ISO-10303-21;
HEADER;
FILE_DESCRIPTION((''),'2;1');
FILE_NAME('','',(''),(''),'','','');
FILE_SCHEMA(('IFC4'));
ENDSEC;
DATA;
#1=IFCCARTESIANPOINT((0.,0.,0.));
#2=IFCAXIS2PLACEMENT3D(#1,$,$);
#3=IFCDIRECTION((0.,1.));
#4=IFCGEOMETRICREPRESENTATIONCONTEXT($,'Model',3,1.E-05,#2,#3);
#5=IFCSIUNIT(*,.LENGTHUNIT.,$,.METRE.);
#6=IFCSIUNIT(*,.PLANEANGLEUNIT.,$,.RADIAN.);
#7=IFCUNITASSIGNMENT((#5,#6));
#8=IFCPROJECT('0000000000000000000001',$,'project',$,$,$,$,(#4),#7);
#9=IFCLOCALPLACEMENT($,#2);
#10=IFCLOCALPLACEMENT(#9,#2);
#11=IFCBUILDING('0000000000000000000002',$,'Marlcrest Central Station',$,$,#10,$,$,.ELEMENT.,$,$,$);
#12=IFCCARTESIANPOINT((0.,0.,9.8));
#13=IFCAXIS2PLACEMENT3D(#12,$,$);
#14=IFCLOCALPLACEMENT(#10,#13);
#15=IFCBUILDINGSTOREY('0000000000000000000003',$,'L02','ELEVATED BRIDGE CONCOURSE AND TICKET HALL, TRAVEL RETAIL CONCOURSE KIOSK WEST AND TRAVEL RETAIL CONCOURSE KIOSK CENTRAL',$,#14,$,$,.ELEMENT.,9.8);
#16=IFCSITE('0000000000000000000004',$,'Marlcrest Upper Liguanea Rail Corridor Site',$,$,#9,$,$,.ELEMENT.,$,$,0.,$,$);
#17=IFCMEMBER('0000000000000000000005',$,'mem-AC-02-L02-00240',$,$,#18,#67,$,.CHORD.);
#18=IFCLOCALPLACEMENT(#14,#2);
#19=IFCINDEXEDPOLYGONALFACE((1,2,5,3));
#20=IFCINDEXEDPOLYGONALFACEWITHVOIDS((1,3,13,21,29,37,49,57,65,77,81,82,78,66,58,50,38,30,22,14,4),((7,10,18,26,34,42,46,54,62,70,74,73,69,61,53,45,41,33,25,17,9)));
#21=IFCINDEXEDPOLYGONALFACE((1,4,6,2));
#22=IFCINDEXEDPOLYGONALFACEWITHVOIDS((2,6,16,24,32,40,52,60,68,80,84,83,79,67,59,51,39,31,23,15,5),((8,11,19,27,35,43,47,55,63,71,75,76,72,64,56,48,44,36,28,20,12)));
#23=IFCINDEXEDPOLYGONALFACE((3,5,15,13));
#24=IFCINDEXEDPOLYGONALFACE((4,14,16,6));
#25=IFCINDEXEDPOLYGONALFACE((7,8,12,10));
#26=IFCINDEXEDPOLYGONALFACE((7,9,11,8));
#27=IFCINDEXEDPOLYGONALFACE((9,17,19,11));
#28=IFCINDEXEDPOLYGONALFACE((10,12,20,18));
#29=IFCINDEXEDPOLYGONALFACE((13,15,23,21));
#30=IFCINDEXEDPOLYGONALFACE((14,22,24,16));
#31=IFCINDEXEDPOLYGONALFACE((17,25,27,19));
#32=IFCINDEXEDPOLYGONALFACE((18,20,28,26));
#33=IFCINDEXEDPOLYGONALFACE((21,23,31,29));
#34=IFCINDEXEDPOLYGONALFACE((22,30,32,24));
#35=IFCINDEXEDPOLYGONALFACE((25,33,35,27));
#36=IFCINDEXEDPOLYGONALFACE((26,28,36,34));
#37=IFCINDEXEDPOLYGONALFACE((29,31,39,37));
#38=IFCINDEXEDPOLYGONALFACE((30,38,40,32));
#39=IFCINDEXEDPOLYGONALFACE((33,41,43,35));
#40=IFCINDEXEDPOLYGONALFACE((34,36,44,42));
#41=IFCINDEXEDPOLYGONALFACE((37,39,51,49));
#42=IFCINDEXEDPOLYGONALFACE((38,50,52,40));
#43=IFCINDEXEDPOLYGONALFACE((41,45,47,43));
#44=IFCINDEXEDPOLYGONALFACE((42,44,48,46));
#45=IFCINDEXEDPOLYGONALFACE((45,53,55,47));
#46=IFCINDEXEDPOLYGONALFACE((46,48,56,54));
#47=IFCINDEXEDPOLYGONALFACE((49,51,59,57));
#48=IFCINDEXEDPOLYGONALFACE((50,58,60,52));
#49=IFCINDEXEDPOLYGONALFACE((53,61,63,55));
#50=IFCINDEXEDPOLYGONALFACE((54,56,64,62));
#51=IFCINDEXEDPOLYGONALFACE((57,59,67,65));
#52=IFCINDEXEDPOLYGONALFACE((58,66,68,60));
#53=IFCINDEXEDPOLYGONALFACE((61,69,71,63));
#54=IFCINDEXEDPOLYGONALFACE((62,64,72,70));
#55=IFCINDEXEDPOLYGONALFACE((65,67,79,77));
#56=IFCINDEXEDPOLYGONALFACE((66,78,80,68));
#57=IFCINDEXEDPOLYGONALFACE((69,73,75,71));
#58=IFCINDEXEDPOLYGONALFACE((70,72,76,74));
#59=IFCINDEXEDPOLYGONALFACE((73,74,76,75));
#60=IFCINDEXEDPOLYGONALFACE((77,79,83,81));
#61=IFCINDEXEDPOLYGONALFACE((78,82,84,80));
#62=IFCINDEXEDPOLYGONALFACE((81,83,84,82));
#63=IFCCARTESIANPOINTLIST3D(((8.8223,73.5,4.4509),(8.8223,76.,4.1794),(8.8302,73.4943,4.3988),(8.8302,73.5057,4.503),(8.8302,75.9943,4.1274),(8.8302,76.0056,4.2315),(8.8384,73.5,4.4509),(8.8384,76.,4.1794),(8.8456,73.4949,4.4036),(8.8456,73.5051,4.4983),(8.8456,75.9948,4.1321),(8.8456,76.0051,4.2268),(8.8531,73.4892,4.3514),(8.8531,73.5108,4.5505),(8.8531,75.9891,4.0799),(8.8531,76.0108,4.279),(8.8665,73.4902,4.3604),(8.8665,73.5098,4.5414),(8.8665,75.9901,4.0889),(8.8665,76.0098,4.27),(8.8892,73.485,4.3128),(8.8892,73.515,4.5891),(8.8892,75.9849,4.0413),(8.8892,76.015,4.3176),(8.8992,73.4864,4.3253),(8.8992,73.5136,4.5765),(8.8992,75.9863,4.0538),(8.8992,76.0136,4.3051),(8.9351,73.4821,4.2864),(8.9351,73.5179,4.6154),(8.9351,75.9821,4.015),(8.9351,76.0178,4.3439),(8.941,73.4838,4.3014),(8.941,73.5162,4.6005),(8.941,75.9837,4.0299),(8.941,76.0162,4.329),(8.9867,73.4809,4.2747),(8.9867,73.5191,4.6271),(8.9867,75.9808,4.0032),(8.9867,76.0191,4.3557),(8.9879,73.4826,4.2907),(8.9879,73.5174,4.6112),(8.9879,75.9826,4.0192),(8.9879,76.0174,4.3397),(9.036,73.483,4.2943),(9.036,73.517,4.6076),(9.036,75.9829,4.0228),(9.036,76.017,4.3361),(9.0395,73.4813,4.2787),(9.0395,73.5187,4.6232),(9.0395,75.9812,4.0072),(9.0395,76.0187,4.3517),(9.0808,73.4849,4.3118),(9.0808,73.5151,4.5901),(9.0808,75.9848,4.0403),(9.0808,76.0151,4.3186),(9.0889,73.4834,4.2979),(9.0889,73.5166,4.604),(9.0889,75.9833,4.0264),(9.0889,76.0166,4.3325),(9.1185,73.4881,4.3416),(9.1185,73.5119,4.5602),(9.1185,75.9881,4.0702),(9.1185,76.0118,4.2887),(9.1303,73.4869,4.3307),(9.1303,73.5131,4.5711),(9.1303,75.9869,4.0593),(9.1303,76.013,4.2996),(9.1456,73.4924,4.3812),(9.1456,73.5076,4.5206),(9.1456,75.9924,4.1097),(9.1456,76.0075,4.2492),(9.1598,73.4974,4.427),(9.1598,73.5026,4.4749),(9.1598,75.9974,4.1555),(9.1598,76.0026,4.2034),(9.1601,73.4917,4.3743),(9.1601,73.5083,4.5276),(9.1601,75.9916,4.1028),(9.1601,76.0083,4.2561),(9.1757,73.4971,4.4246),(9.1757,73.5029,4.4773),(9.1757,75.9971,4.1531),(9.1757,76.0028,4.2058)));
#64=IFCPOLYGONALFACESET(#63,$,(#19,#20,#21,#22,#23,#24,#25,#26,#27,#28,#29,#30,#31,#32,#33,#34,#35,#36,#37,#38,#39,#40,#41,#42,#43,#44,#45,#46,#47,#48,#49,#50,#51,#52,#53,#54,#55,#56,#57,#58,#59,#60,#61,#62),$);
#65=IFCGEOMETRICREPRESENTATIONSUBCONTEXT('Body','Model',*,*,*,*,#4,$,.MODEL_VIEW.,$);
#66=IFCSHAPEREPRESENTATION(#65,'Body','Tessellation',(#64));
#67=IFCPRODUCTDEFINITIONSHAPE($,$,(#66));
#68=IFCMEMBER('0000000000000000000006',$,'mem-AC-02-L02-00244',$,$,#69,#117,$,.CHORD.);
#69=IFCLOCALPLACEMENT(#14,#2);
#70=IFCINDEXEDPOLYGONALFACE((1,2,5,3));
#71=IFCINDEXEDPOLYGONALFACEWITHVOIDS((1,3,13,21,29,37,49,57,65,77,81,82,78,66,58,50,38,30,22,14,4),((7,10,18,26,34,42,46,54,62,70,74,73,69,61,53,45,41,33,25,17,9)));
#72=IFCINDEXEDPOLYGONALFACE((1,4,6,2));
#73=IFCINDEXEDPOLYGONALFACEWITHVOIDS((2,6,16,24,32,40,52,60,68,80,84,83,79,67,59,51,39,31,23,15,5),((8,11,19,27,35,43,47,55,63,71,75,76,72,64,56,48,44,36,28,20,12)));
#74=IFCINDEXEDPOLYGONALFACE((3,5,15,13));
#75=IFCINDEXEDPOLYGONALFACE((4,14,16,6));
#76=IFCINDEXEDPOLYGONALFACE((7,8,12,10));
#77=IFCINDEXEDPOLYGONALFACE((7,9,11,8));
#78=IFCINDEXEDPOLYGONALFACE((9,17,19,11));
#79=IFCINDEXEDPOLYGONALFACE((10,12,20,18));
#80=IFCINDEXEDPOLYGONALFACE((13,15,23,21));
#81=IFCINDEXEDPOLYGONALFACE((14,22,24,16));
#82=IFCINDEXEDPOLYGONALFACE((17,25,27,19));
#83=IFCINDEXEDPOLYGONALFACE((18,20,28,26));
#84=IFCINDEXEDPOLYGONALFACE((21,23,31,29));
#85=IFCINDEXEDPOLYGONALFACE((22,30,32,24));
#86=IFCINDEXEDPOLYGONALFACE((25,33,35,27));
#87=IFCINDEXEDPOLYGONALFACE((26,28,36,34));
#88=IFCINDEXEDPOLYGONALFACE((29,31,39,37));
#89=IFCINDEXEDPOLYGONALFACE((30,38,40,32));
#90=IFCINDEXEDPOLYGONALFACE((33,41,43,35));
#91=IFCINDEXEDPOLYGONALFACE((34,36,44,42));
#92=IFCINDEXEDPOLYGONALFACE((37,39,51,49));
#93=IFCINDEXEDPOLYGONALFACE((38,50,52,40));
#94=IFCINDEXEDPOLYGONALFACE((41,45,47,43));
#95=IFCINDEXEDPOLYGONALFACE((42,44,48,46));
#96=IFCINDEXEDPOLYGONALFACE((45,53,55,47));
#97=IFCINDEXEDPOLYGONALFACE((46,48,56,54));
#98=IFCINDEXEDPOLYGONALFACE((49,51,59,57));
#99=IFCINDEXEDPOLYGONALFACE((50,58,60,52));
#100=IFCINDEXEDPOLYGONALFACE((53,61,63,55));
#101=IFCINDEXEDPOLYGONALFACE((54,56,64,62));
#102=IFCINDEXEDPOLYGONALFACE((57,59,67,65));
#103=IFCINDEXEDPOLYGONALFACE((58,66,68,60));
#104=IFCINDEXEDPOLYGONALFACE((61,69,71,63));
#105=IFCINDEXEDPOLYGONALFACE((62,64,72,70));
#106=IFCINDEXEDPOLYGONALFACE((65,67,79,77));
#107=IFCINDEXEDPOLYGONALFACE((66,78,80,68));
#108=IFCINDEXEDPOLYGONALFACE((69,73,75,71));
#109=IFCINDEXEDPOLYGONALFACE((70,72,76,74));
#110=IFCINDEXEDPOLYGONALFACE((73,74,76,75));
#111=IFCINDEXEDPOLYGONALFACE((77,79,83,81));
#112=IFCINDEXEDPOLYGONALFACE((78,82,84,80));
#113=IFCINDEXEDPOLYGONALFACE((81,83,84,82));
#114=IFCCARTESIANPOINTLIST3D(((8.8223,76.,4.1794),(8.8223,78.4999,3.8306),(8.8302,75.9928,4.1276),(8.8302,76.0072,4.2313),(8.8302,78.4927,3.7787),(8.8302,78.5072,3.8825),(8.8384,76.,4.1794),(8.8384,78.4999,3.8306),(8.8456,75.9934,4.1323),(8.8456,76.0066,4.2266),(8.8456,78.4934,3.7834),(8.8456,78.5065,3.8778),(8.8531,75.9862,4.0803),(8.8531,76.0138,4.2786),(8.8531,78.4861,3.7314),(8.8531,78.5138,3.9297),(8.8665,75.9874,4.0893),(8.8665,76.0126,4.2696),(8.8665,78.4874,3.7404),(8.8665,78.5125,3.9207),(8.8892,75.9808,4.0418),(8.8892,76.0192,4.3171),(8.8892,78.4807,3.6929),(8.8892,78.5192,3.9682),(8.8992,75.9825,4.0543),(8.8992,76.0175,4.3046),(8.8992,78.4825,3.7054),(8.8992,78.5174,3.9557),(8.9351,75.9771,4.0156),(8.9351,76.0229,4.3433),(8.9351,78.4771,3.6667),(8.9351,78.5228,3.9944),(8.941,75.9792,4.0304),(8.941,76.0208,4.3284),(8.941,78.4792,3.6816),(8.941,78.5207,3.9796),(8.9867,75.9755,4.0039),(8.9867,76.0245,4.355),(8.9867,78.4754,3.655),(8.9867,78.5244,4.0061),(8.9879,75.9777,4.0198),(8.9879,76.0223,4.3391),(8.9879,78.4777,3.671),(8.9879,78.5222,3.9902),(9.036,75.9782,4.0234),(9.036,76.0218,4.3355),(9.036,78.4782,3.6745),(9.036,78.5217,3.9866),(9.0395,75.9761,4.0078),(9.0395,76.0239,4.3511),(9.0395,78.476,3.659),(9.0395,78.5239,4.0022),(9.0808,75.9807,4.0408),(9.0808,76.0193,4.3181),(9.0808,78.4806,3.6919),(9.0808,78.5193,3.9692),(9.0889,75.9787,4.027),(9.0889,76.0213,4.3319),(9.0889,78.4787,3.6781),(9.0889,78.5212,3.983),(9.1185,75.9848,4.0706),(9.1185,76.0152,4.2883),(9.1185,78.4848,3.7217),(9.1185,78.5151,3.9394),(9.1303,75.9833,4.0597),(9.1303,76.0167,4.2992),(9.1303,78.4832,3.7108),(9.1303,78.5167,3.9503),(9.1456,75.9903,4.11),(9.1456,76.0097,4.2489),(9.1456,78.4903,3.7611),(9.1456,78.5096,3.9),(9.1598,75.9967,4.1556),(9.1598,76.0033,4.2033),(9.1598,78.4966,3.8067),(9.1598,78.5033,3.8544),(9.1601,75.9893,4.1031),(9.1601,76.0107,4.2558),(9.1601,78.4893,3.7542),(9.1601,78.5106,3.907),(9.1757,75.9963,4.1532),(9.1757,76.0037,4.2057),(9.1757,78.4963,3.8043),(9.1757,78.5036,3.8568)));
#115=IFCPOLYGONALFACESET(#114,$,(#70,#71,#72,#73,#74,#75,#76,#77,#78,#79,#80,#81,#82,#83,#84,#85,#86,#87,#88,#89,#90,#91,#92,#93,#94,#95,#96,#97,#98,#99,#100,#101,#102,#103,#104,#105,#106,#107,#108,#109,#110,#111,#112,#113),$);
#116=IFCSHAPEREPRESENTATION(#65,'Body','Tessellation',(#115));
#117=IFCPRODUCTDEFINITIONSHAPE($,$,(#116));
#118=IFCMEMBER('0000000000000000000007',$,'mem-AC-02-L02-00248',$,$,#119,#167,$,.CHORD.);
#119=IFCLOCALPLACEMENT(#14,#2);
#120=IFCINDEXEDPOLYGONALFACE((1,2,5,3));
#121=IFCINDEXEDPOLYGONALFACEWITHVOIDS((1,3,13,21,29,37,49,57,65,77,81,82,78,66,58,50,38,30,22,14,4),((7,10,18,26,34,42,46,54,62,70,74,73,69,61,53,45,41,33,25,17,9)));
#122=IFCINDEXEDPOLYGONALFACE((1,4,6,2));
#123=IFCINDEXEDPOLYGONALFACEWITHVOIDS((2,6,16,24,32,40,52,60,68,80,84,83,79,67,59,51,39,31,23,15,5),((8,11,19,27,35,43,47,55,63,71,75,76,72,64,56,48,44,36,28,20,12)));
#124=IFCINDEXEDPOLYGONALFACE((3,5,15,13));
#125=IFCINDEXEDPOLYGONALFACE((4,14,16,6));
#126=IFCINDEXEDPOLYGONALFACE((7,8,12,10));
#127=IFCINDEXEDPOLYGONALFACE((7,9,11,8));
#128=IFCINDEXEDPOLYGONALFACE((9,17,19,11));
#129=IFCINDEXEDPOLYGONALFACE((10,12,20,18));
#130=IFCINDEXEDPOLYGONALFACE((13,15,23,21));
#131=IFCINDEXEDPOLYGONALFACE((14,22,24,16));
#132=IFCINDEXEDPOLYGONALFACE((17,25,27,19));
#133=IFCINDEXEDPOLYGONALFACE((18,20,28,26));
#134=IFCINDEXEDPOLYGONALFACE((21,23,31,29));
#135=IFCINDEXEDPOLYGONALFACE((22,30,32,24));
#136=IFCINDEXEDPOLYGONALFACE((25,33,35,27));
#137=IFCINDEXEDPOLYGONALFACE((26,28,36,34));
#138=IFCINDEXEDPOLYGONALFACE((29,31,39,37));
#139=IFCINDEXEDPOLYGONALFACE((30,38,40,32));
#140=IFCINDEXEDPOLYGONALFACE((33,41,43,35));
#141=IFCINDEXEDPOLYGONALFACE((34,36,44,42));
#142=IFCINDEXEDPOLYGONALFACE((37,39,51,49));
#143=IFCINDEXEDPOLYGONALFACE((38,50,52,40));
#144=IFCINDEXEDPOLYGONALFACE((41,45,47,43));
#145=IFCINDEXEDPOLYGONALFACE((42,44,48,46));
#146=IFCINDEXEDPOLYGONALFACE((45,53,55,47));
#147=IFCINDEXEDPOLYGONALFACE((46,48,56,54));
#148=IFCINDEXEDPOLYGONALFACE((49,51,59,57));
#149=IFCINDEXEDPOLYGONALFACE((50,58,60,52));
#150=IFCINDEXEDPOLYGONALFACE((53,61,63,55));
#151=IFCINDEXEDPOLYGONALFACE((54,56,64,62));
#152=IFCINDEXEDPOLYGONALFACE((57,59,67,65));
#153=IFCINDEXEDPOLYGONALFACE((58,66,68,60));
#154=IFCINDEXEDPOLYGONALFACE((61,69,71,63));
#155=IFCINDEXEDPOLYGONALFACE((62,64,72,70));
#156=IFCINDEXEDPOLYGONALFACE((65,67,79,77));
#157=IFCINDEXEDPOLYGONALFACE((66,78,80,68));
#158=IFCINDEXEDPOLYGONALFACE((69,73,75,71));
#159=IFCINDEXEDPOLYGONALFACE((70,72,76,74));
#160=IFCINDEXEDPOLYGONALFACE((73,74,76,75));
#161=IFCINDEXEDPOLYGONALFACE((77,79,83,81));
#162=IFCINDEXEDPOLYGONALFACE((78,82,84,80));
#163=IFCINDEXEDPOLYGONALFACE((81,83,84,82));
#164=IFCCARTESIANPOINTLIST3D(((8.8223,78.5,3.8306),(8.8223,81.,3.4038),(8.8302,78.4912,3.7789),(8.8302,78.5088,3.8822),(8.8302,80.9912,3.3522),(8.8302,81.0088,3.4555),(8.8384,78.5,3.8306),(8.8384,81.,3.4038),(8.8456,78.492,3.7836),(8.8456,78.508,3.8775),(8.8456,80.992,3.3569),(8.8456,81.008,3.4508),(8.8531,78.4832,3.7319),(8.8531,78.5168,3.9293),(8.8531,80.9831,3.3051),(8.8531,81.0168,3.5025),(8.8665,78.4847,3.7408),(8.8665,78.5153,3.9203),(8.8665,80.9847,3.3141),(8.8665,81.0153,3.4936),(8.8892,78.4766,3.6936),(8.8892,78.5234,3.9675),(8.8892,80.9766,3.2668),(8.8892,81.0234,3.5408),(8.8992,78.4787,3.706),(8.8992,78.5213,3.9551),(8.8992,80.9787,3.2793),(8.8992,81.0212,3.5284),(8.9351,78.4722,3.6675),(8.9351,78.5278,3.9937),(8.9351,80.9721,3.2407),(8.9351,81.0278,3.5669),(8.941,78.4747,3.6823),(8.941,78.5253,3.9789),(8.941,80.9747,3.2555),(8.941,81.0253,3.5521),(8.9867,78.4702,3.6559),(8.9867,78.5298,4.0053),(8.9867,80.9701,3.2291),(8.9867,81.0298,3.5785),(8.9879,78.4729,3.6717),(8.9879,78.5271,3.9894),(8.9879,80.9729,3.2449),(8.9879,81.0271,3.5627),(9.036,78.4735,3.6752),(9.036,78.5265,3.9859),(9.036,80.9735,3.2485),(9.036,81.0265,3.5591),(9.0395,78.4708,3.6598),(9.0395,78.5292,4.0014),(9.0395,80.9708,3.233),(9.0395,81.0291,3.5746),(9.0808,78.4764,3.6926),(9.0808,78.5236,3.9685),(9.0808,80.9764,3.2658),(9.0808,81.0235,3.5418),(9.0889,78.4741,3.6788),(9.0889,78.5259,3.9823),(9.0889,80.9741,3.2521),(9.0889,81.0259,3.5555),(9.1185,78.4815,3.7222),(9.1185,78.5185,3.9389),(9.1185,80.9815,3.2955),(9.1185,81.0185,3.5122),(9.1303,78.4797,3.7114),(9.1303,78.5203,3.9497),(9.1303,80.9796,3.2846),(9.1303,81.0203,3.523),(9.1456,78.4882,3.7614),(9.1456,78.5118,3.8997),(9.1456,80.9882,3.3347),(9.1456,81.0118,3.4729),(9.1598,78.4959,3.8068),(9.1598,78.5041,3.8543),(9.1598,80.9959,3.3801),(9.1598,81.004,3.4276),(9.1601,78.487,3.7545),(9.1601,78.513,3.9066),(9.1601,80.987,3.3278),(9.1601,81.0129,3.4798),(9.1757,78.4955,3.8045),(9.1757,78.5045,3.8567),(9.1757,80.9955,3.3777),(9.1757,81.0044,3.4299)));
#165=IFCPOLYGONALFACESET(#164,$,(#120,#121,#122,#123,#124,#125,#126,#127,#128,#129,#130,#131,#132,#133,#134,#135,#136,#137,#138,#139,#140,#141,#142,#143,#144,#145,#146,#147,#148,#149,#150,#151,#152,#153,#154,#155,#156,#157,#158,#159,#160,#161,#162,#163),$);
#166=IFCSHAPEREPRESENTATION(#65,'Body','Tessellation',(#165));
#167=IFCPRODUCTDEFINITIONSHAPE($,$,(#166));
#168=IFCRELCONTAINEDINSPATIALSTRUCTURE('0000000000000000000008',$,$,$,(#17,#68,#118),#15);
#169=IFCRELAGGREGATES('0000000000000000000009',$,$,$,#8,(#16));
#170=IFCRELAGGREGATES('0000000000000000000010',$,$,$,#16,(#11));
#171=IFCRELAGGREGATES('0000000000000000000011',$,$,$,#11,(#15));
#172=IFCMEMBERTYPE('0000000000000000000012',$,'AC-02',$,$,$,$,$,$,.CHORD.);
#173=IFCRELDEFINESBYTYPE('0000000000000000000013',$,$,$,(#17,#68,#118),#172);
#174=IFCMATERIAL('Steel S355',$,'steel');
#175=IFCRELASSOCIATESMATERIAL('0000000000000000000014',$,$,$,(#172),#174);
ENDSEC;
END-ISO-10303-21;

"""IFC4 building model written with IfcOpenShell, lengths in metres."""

from ifc_helpers import new_model, si_unit, direction, frame, origin, origin_2d, place, context, subcontext, project, spatial, hollow_circle, extrude, material, material_profile, profile_set, type_object, element, save


model = new_model("IFC4")

# Units and contexts
model_context = context("Model", 3, precision=1e-05, world=origin(), true_north=direction((0.0, 1.0)))
body_context = subcontext(model_context, "Body", "Model", "MODEL_VIEW")
ifc_project = project(units=[si_unit("LENGTHUNIT", "METRE"), si_unit("PLANEANGLEUNIT", "RADIAN")], contexts=[model_context])

# Site, building, storey
site_placement = place(None, origin())
site = spatial("IfcSite", under=ifc_project, at=site_placement, Name="Marlcrest Upper Liguanea Rail Corridor Site", CompositionType="ELEMENT", RefElevation=0.0)
building_placement = place(site_placement, origin())
building = spatial("IfcBuilding", under=site, at=building_placement, Name="Marlcrest Central Station", CompositionType="ELEMENT")
storey_placement = place(building_placement, frame((0.0, 0.0, 9.8)))
storey = spatial("IfcBuildingStorey", under=building, at=storey_placement, Name="L02", Description="ELEVATED BRIDGE CONCOURSE AND TICKET HALL, TRAVEL RETAIL CONCOURSE KIOSK WEST AND TRAVEL RETAIL CONCOURSE KIOSK CENTRAL", CompositionType="ELEMENT", Elevation=9.8)

# Members
ifc_material = material(Name="Steel S355", Category="steel")
ifc_material_profile_1 = material_profile(ifc_material, hollow_circle(Radius=0.1777, WallThickness=0.0161, at=origin_2d()), Name="CHS 355.6x16")
ifc_profile_set_1 = profile_set([ifc_material_profile_1], Name="Steel S355")
member_type_1 = type_object("IfcMemberType", Name="AC-02", PredefinedType="CHORD", material=ifc_profile_set_1)
member_1_placement = place(storey_placement, frame((9.0, 73.5, 4.4509), z_axis=(0.0, 0.994155, -0.107959), x_axis=(-1.0, 0.0, 0.0)))
element("IfcMember", 1, at=member_1_placement, inside=storey, type_object=member_type_1, Name="mem-AC-02-L02-00240", PredefinedType="CHORD", context=body_context, shape_type="SweptSolid", body=[
    extrude(hollow_circle(Radius=0.1777, WallThickness=0.0161, at=origin_2d()), origin(), (0.0, 0.0, 1.0), 2.5146),
])
member_2_placement = place(storey_placement, frame((9.0, 76.0, 4.1794), z_axis=(0.0, 0.990403, -0.138211), x_axis=(-1.0, 0.0, 0.0)))
element("IfcMember", 2, at=member_2_placement, inside=storey, type_object=member_type_1, Name="mem-AC-02-L02-00244", PredefinedType="CHORD", context=body_context, shape_type="SweptSolid", body=[
    extrude(hollow_circle(Radius=0.1777, WallThickness=0.0161, at=origin_2d()), origin(), (0.0, 0.0, 1.0), 2.5242),
])
member_3_placement = place(storey_placement, frame((9.0, 78.5, 3.8306), z_axis=(0.0, 0.985741, -0.168269), x_axis=(-1.0, 0.0, 0.0)))
element("IfcMember", 3, at=member_3_placement, inside=storey, type_object=member_type_1, Name="mem-AC-02-L02-00248", PredefinedType="CHORD", context=body_context, shape_type="SweptSolid", body=[
    extrude(hollow_circle(Radius=0.1777, WallThickness=0.0161, at=origin_2d()), origin(), (0.0, 0.0, 1.0), 2.5361),
])

save(model, "model.ifc")
